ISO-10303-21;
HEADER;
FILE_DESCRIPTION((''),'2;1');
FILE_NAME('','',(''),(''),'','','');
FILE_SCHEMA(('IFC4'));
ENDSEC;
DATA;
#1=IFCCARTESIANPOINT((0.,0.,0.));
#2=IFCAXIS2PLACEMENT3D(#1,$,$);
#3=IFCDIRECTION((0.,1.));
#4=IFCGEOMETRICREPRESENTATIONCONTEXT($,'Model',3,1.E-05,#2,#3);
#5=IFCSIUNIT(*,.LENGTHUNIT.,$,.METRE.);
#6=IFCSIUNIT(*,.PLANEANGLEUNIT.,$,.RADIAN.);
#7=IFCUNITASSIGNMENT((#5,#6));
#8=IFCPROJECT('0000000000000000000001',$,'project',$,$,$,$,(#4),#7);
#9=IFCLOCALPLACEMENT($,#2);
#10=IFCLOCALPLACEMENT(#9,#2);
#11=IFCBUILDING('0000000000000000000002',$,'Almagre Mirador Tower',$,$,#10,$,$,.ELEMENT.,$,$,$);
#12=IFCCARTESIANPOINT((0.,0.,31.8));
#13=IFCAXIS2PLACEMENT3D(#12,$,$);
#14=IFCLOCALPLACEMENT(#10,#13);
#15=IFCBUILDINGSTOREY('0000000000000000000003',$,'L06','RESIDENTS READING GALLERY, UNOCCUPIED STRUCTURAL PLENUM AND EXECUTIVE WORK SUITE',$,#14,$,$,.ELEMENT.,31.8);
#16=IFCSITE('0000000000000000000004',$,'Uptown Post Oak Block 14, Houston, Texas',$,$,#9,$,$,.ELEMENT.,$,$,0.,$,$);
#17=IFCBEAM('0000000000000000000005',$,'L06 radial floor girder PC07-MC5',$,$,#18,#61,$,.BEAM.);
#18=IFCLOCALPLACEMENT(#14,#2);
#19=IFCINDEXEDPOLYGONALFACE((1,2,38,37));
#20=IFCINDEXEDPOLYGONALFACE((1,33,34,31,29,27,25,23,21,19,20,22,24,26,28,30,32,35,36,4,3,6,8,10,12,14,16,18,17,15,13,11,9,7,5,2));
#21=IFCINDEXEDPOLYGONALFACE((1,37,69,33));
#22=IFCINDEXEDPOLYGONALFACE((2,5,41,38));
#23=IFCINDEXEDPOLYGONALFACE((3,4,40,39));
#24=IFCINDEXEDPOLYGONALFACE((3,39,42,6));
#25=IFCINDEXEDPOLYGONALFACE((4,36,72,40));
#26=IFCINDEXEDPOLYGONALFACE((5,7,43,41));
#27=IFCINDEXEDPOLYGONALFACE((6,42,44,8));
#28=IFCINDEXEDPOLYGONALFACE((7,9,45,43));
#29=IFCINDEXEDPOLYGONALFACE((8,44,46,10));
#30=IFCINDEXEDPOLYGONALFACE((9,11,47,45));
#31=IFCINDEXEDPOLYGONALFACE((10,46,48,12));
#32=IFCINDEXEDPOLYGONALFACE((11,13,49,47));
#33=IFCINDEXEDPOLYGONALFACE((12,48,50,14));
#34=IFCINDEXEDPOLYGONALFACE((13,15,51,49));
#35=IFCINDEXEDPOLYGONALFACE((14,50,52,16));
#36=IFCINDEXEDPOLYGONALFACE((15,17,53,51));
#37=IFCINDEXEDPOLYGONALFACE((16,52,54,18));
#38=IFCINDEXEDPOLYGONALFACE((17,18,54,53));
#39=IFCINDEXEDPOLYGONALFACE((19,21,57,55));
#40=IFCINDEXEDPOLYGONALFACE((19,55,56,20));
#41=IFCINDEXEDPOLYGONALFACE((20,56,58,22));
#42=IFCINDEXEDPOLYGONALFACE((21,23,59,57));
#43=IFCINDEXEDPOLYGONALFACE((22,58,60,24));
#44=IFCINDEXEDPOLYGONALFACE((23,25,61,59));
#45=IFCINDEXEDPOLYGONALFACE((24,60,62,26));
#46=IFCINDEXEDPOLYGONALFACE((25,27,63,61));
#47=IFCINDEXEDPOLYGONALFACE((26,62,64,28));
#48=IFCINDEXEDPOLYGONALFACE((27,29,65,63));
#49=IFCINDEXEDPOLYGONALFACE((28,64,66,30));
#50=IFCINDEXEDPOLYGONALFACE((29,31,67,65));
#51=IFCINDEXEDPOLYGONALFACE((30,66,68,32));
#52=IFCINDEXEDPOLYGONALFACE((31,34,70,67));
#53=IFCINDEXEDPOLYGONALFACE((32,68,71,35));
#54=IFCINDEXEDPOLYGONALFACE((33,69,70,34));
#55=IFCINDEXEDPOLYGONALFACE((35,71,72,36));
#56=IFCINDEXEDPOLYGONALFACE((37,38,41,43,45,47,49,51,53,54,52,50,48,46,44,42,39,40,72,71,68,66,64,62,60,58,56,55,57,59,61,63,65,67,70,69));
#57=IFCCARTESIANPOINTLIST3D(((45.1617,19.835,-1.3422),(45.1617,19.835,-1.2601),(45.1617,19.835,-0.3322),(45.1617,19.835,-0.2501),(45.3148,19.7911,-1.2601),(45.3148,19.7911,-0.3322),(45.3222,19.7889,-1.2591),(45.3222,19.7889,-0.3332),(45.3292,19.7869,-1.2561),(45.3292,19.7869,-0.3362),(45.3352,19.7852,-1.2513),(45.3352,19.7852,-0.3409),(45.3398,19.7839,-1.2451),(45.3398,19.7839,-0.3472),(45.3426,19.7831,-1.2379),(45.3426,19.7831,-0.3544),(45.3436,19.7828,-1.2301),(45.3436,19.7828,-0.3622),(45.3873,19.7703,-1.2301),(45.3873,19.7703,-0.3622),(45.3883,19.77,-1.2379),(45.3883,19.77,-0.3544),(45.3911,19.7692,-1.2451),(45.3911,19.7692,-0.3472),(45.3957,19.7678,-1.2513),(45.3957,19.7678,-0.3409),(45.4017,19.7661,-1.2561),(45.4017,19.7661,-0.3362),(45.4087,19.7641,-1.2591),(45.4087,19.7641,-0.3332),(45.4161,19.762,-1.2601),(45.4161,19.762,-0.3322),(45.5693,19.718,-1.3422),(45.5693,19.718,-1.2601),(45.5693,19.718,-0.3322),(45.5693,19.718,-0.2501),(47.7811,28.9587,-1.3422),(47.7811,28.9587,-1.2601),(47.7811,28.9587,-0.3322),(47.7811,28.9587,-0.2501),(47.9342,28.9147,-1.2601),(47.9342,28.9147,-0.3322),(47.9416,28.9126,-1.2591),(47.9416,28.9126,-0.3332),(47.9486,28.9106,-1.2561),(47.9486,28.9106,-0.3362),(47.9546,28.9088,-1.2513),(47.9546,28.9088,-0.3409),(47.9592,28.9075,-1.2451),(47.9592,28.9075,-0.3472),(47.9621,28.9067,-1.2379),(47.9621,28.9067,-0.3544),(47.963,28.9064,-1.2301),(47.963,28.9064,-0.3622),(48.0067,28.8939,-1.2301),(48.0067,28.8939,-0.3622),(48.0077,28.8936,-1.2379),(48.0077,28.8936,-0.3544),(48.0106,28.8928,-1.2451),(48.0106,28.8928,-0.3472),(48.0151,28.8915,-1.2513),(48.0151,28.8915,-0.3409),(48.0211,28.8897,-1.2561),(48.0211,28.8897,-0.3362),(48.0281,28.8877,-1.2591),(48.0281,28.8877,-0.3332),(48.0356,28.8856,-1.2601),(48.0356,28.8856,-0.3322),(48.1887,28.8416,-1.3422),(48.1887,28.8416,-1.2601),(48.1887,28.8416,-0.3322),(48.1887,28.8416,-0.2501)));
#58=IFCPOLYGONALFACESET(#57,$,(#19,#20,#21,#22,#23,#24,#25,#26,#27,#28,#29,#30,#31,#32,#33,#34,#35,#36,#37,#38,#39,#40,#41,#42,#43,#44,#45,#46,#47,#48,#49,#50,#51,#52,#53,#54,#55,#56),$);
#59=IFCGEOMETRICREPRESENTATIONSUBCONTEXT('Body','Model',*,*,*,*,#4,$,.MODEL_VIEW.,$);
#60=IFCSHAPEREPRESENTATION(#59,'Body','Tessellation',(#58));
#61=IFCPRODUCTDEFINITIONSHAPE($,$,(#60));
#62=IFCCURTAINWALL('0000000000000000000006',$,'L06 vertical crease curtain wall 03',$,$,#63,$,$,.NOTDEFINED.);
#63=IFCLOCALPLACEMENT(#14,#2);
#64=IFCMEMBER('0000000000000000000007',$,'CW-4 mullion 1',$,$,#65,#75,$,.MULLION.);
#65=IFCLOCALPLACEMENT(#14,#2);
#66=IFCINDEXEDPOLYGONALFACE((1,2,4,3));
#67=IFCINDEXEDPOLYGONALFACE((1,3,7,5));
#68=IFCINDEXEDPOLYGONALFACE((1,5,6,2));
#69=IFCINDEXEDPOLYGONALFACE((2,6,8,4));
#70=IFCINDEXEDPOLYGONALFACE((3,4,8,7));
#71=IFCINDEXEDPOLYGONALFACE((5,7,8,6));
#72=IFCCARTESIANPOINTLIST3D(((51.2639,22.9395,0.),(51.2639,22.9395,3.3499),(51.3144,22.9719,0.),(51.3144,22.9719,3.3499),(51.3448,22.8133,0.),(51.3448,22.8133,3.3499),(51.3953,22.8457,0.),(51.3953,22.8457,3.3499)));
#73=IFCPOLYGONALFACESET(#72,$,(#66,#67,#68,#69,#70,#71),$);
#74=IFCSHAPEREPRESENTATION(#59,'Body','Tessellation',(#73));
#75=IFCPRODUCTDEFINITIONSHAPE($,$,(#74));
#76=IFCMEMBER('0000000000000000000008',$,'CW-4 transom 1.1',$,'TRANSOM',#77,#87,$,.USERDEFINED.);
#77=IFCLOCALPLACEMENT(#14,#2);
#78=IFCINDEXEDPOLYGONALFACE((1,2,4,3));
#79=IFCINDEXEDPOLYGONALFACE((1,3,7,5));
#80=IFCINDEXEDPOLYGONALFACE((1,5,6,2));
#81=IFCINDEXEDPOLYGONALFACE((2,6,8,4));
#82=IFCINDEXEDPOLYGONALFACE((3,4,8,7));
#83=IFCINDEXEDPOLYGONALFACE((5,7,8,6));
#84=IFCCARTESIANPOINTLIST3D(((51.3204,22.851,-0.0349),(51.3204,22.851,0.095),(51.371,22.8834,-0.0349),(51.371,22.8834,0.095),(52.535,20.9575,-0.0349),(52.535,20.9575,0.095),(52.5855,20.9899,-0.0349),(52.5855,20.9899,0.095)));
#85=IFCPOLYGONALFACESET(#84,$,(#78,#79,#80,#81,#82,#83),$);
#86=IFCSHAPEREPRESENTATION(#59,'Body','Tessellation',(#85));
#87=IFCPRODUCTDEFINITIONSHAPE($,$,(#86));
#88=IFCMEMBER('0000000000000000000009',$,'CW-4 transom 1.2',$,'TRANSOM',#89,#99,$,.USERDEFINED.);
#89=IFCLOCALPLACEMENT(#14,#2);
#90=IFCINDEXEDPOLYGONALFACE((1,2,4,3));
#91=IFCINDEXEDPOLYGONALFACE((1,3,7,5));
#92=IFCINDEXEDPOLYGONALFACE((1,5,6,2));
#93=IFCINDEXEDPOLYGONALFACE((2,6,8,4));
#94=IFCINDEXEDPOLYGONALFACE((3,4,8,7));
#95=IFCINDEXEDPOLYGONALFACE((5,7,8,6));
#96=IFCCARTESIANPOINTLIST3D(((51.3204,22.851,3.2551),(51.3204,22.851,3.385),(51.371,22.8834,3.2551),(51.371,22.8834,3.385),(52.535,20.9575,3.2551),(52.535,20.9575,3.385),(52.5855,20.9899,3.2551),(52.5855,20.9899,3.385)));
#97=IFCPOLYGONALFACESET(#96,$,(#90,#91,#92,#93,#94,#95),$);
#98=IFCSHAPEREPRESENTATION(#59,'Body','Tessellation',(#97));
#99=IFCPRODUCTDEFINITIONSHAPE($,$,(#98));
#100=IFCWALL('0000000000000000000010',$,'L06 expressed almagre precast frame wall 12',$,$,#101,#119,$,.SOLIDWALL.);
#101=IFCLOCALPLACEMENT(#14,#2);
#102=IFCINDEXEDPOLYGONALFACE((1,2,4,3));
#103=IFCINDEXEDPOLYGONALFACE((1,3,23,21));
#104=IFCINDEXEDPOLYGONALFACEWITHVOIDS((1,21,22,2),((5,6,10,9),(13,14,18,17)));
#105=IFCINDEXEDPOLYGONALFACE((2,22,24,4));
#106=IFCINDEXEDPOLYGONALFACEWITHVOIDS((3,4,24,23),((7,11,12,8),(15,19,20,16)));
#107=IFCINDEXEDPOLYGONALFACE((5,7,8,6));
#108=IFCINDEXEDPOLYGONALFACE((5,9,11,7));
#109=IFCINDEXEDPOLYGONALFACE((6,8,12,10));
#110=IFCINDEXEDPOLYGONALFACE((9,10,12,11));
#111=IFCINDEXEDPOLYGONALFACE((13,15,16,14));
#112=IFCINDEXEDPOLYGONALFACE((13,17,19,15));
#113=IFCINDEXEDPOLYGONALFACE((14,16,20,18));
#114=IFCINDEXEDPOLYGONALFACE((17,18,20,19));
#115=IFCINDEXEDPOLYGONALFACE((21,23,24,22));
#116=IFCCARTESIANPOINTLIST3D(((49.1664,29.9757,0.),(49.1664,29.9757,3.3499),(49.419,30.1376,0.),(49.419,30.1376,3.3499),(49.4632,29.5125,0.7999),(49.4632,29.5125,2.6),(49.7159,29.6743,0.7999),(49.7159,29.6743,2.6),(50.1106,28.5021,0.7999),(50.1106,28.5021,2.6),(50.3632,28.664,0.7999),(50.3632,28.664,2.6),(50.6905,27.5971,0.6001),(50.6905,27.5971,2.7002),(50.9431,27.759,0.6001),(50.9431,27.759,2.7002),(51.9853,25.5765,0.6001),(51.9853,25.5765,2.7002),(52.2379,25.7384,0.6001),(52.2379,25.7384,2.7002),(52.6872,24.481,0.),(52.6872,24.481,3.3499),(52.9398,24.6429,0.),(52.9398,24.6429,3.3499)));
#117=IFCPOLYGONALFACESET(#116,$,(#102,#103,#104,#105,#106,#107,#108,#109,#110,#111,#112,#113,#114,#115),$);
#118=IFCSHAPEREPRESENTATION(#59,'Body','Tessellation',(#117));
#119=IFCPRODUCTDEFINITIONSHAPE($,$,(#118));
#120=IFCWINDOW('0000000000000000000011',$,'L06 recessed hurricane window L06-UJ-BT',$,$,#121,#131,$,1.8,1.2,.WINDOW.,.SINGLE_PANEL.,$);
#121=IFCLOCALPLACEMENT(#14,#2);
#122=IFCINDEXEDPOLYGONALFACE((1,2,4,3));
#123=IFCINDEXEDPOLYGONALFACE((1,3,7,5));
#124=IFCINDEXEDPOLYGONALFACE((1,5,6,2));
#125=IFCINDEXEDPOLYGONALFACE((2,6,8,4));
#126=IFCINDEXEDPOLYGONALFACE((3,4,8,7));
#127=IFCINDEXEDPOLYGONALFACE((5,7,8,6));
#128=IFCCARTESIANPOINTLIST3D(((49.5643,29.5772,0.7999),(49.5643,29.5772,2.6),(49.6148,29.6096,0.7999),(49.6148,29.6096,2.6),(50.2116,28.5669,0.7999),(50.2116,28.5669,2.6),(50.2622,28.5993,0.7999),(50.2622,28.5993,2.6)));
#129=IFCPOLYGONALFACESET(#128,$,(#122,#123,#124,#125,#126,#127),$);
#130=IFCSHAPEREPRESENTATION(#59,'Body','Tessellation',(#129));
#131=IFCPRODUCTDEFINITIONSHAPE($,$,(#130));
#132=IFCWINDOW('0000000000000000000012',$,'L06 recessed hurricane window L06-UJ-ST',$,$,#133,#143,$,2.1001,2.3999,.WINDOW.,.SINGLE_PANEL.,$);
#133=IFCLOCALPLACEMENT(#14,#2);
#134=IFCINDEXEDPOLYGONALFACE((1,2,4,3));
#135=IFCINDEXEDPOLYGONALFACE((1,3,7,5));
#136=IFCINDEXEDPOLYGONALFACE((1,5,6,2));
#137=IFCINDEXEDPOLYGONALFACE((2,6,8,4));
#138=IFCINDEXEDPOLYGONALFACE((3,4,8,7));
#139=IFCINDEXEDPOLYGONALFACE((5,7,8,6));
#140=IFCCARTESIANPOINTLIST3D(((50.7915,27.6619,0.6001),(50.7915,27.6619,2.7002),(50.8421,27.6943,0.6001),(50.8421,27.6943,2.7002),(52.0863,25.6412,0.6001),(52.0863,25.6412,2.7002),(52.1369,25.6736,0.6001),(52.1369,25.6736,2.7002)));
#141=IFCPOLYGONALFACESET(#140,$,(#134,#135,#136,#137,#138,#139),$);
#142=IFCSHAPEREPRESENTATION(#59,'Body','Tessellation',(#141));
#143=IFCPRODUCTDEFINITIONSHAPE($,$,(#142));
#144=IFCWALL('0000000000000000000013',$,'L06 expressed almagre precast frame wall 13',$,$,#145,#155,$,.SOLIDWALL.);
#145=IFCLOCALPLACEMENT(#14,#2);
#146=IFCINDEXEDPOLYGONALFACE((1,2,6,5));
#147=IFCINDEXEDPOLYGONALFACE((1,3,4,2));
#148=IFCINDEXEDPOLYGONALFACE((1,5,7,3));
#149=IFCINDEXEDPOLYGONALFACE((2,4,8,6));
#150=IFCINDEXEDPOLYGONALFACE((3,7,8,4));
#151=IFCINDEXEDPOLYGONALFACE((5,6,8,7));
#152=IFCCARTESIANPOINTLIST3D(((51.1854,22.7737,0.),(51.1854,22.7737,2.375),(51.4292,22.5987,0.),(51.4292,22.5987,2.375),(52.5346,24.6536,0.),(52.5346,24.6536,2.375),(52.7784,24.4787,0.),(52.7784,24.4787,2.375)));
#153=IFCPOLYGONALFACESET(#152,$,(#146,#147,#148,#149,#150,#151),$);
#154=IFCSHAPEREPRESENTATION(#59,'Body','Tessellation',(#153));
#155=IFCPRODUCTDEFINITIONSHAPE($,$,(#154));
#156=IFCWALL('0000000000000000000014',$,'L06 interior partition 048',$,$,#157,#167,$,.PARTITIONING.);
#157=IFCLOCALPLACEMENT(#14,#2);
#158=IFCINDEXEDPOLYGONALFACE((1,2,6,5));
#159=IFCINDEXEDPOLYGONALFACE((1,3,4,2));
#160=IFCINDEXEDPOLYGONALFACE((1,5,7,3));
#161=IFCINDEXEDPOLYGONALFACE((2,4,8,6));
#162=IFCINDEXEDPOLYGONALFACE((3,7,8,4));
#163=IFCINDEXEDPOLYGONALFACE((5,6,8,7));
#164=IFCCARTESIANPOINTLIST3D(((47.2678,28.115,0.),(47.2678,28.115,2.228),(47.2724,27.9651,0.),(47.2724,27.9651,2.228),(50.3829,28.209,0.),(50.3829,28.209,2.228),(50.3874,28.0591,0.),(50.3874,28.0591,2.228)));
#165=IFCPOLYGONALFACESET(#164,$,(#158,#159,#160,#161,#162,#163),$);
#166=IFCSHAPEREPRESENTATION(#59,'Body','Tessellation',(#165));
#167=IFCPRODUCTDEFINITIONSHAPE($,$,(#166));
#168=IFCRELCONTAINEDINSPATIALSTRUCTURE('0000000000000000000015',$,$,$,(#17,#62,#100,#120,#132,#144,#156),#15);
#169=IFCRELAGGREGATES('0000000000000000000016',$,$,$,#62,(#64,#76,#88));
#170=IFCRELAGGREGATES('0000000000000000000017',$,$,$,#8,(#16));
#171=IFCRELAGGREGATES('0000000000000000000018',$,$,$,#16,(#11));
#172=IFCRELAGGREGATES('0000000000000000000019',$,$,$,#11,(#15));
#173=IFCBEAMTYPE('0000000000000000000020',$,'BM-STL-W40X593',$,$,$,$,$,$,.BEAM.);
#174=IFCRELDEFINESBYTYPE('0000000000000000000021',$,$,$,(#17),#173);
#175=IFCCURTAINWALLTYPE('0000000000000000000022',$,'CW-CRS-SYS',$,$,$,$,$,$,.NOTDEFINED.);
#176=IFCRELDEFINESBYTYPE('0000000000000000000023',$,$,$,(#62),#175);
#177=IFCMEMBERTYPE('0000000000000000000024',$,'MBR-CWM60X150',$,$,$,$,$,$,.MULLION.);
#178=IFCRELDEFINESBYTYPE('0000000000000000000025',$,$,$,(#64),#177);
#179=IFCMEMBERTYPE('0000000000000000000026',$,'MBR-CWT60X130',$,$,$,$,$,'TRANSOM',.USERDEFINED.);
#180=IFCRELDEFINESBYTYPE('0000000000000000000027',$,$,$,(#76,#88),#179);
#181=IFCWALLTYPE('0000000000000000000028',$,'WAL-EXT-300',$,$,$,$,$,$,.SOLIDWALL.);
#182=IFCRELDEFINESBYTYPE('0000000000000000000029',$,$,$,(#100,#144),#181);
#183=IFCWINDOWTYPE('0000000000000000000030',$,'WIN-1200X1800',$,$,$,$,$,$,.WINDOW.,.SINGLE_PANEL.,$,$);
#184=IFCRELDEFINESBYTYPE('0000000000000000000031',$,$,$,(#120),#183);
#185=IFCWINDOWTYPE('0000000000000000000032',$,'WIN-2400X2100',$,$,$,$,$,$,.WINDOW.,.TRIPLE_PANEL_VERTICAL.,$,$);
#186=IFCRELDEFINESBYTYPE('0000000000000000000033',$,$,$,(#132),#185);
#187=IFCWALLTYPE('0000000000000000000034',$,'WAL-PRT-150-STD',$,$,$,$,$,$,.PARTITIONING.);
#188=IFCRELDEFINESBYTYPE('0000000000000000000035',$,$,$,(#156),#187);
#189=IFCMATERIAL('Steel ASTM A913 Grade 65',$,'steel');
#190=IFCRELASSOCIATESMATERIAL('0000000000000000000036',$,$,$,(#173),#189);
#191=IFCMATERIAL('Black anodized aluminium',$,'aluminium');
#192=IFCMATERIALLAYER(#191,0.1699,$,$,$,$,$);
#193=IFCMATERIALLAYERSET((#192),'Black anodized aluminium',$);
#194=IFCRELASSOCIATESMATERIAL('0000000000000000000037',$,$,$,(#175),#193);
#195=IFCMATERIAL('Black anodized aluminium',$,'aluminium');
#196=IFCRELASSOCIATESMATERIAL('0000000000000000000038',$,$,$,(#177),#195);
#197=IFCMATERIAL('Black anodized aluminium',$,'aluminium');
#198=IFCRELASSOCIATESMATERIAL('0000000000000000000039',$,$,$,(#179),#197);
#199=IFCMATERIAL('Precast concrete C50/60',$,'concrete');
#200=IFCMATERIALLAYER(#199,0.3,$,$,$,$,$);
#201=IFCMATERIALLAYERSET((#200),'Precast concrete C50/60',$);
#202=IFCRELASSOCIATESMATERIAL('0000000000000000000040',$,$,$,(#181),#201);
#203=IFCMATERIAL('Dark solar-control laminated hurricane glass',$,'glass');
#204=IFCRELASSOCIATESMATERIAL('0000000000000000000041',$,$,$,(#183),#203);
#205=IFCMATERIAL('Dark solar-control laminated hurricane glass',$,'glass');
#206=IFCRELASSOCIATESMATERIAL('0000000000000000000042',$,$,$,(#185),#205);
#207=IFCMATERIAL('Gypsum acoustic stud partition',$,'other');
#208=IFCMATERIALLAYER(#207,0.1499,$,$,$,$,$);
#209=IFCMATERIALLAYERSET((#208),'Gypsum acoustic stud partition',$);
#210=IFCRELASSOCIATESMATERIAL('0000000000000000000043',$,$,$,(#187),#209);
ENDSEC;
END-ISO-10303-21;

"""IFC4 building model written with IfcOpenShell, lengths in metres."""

from ifc_helpers import new_model, si_unit, direction, frame, frame_2d, origin, origin_2d, place, context, subcontext, project, spatial, rectangle, i_section, extrude, material, layer, layer_set, material_profile, profile_set, type_object, element, fill, aggregate, save


model = new_model("IFC4")

# Units and contexts
model_context = context("Model", 3, precision=1e-05, world=origin(), true_north=direction((0.0, 1.0)))
body_context = subcontext(model_context, "Body", "Model", "MODEL_VIEW")
ifc_project = project(units=[si_unit("LENGTHUNIT", "METRE"), si_unit("PLANEANGLEUNIT", "RADIAN")], contexts=[model_context])

# Site, building, storey
site_placement = place(None, origin())
site = spatial("IfcSite", under=ifc_project, at=site_placement, Name="Uptown Post Oak Block 14, Houston, Texas", CompositionType="ELEMENT", RefElevation=0.0)
building_placement = place(site_placement, origin())
building = spatial("IfcBuilding", under=site, at=building_placement, Name="Almagre Mirador Tower", CompositionType="ELEMENT")
storey_placement = place(building_placement, frame((0.0, 0.0, 31.8)))
storey = spatial("IfcBuildingStorey", under=building, at=storey_placement, Name="L06", Description="RESIDENTS READING GALLERY, UNOCCUPIED STRUCTURAL PLENUM AND EXECUTIVE WORK SUITE", CompositionType="ELEMENT", Elevation=31.8)

# Beam
ifc_material_1 = material(Name="Steel ASTM A913 Grade 65", Category="steel")
ifc_material_profile_1 = material_profile(ifc_material_1, i_section(OverallWidth=0.4241, OverallDepth=1.092, WebThickness=0.0454, FlangeThickness=0.082, FilletRadius=0.03, at=origin_2d()), Name="W40X593")
ifc_profile_set_1 = profile_set([ifc_material_profile_1], Name="Steel ASTM A913 Grade 65")
beam_type_1 = type_object("IfcBeamType", Name="BM-STL-W40X593", PredefinedType="BEAM", material=ifc_profile_set_1)
beam_1_placement = place(storey_placement, frame((47.9849, 28.9001, -0.7961), z_axis=(-0.275954, -0.961171, 0.0), x_axis=(0.961171, -0.275954, 0.0)))
element("IfcBeam", 1, at=beam_1_placement, inside=storey, type_object=beam_type_1, Name="L06 radial floor girder PC07-MC5", PredefinedType="BEAM", context=body_context, shape_type="SweptSolid", body=[
    extrude(i_section(OverallWidth=0.4241, OverallDepth=1.092, WebThickness=0.0454, FlangeThickness=0.082, FilletRadius=0.03, at=origin_2d()), origin(), (0.0, 0.0, 1.0), 9.4922),
])

# Curtain wall, members
ifc_material_2 = material(Name="Black anodized aluminium", Category="aluminium")
ifc_layer_1 = layer(ifc_material_2, 0.1699)
ifc_layer_set_1 = layer_set([ifc_layer_1], Name="Black anodized aluminium")
curtain_wall_type = type_object("IfcCurtainWallType", Name="CW-CRS-SYS", PredefinedType="NOTDEFINED", material=ifc_layer_set_1)
curtain_wall_placement = place(storey_placement, origin())
curtain_wall = element("IfcCurtainWall", 2, at=curtain_wall_placement, inside=storey, type_object=curtain_wall_type, Name="L06 vertical crease curtain wall 03", PredefinedType="NOTDEFINED")
ifc_material_3 = material(Name="Black anodized aluminium", Category="aluminium")
ifc_material_profile_2 = material_profile(ifc_material_3, rectangle(XDim=0.0601, YDim=0.1499, at=origin_2d()), Name="CWM60X150")
ifc_profile_set_2 = profile_set([ifc_material_profile_2], Name="Black anodized aluminium")
member_type_1 = type_object("IfcMemberType", Name="MBR-CWM60X150", PredefinedType="MULLION", material=ifc_profile_set_2)
member_1_placement = place(storey_placement, frame((51.3296, 22.8926, 0.0), z_axis=(0.0, 0.0, 1.0), x_axis=(0.841762, 0.539849, 0.0)))
member_1 = element("IfcMember", 3, at=member_1_placement, type_object=member_type_1, Name="CW-4 mullion 1", PredefinedType="MULLION", context=body_context, shape_type="SweptSolid", body=[
    extrude(rectangle(XDim=0.0601, YDim=0.1499, at=origin_2d()), origin(), (0.0, 0.0, 1.0), 3.3499),
])
ifc_material_4 = material(Name="Black anodized aluminium", Category="aluminium")
ifc_material_profile_3 = material_profile(ifc_material_4, rectangle(XDim=0.0601, YDim=0.1299, at=origin_2d()), Name="CWT60X130")
ifc_profile_set_3 = profile_set([ifc_material_profile_3], Name="Black anodized aluminium")
member_type_2 = type_object("IfcMemberType", Name="MBR-CWT60X130", ElementType="TRANSOM", PredefinedType="USERDEFINED", material=ifc_profile_set_3)
member_2_placement = place(storey_placement, frame((51.3457, 22.8672, 0.03), z_axis=(0.539913, -0.841721, 0.0), x_axis=(0.841721, 0.539913, 0.0)))
member_2 = element("IfcMember", 4, at=member_2_placement, type_object=member_type_2, Name="CW-4 transom 1.1", ObjectType="TRANSOM", PredefinedType="USERDEFINED", context=body_context, shape_type="SweptSolid", body=[
    extrude(rectangle(XDim=0.0601, YDim=0.1299, at=origin_2d()), origin(), (0.0, 0.0, 1.0), 2.2495),
])
member_3_placement = place(storey_placement, frame((51.3457, 22.8672, 3.3201), z_axis=(0.539913, -0.841721, 0.0), x_axis=(0.841721, 0.539913, 0.0)))
member_3 = element("IfcMember", 5, at=member_3_placement, type_object=member_type_2, Name="CW-4 transom 1.2", ObjectType="TRANSOM", PredefinedType="USERDEFINED", context=body_context, shape_type="SweptSolid", body=[
    extrude(rectangle(XDim=0.0601, YDim=0.1299, at=origin_2d()), origin(), (0.0, 0.0, 1.0), 2.2495),
])
aggregate(curtain_wall, [member_1, member_2, member_3])

# Wall, openings, windows
ifc_material_5 = material(Name="Precast concrete C50/60", Category="concrete")
ifc_layer_2 = layer(ifc_material_5, 0.3)
ifc_layer_set_2 = layer_set([ifc_layer_2], Name="Precast concrete C50/60")
wall_type_1 = type_object("IfcWallType", Name="WAL-EXT-300", PredefinedType="SOLIDWALL", material=ifc_layer_set_2)
wall_1_placement = place(storey_placement, frame((49.2927, 30.0566, 0.0), z_axis=(0.0, 0.0, 1.0), x_axis=(0.539509, -0.84198, 0.0)))
wall_1 = element("IfcWall", 6, at=wall_1_placement, inside=storey, type_object=wall_type_1, Name="L06 expressed almagre precast frame wall 12", PredefinedType="SOLIDWALL", context=body_context, shape_type="SweptSolid", body=[
    extrude(rectangle(XDim=6.5259, YDim=0.3, at=frame_2d((3.2629, 0.0))), origin(), (0.0, 0.0, 1.0), 3.3499),
])
opening_1_placement = place(wall_1_placement, frame((2.825, 0.0, 0.6001)))
opening_1 = element("IfcOpeningElement", 7, at=opening_1_placement, cuts=wall_1, PredefinedType="OPENING", context=body_context, shape_type="SweptSolid", body=[
    extrude(rectangle(XDim=2.3999, YDim=2.1001, at=frame_2d((1.2, 1.05))), frame((0.0, 0.1599, 0.0), z_axis=(0.0, -1.0, 0.0), x_axis=(1.0, 0.0, 0.0)), (0.0, 0.0, 1.0), 0.32),
])
opening_2_placement = place(wall_1_placement, frame((0.55, 0.0, 0.8)))
opening_2 = element("IfcOpeningElement", 8, at=opening_2_placement, cuts=wall_1, PredefinedType="OPENING", context=body_context, shape_type="SweptSolid", body=[
    extrude(rectangle(XDim=1.2, YDim=1.8, at=frame_2d((0.6001, 0.8999))), frame((0.0, 0.1599, 0.0), z_axis=(0.0, -1.0, 0.0), x_axis=(1.0, 0.0, 0.0)), (0.0, 0.0, 1.0), 0.32),
])
ifc_material_6 = material(Name="Dark solar-control laminated hurricane glass", Category="glass")
window_type_1 = type_object("IfcWindowType", Name="WIN-1200X1800", PartitioningType="SINGLE_PANEL", PredefinedType="WINDOW", material=ifc_material_6)
window_1_placement = place(opening_2_placement, origin())
window_1 = element("IfcWindow", 9, at=window_1_placement, inside=storey, type_object=window_type_1, Name="L06 recessed hurricane window L06-UJ-BT", OverallHeight=1.8, OverallWidth=1.2, PartitioningType="SINGLE_PANEL", PredefinedType="WINDOW", context=body_context, shape_type="SweptSolid", body=[
    extrude(rectangle(XDim=1.2, YDim=1.8, at=frame_2d((0.6001, 0.8999))), frame((0.0, 0.03, 0.0), z_axis=(0.0, -1.0, 0.0), x_axis=(1.0, 0.0, 0.0)), (0.0, 0.0, 1.0), 0.0601),
])
fill(opening_2, window_1)
ifc_material_7 = material(Name="Dark solar-control laminated hurricane glass", Category="glass")
window_type_2 = type_object("IfcWindowType", Name="WIN-2400X2100", PartitioningType="TRIPLE_PANEL_VERTICAL", PredefinedType="WINDOW", material=ifc_material_7)
window_2_placement = place(opening_1_placement, origin())
window_2 = element("IfcWindow", 10, at=window_2_placement, inside=storey, type_object=window_type_2, Name="L06 recessed hurricane window L06-UJ-ST", OverallHeight=2.1001, OverallWidth=2.3999, PartitioningType="SINGLE_PANEL", PredefinedType="WINDOW", context=body_context, shape_type="SweptSolid", body=[
    extrude(rectangle(XDim=2.3999, YDim=2.1001, at=frame_2d((1.2, 1.05))), frame((0.0, 0.03, 0.0), z_axis=(0.0, -1.0, 0.0), x_axis=(1.0, 0.0, 0.0)), (0.0, 0.0, 1.0), 0.0601),
])
fill(opening_1, window_2)

# Walls
wall_2_placement = place(storey_placement, frame((52.6565, 24.5662, 0.0), z_axis=(0.0, 0.0, 1.0), x_axis=(-0.583053, -0.812434, 0.0)))
element("IfcWall", 11, at=wall_2_placement, inside=storey, type_object=wall_type_1, Name="L06 expressed almagre precast frame wall 13", PredefinedType="SOLIDWALL", context=body_context, shape_type="SweptSolid", body=[
    extrude(rectangle(XDim=2.314, YDim=0.3, at=frame_2d((1.157, 0.0))), origin(), (0.0, 0.0, 1.0), 2.375),
])
ifc_material_8 = material(Name="Gypsum acoustic stud partition", Category="other")
ifc_layer_3 = layer(ifc_material_8, 0.1499)
ifc_layer_set_3 = layer_set([ifc_layer_3], Name="Gypsum acoustic stud partition")
wall_type_2 = type_object("IfcWallType", Name="WAL-PRT-150-STD", PredefinedType="PARTITIONING", material=ifc_layer_set_3)
wall_3_placement = place(storey_placement, frame((50.385, 28.134, 0.0), z_axis=(0.0, 0.0, 1.0), x_axis=(-0.999545, -0.030161, 0.0)))
element("IfcWall", 12, at=wall_3_placement, inside=storey, type_object=wall_type_2, Name="L06 interior partition 048", PredefinedType="PARTITIONING", context=body_context, shape_type="SweptSolid", body=[
    extrude(rectangle(XDim=3.1165, YDim=0.1499, at=frame_2d((1.5581, 0.0))), origin(), (0.0, 0.0, 1.0), 2.228),
])

save(model, "model.ifc")
